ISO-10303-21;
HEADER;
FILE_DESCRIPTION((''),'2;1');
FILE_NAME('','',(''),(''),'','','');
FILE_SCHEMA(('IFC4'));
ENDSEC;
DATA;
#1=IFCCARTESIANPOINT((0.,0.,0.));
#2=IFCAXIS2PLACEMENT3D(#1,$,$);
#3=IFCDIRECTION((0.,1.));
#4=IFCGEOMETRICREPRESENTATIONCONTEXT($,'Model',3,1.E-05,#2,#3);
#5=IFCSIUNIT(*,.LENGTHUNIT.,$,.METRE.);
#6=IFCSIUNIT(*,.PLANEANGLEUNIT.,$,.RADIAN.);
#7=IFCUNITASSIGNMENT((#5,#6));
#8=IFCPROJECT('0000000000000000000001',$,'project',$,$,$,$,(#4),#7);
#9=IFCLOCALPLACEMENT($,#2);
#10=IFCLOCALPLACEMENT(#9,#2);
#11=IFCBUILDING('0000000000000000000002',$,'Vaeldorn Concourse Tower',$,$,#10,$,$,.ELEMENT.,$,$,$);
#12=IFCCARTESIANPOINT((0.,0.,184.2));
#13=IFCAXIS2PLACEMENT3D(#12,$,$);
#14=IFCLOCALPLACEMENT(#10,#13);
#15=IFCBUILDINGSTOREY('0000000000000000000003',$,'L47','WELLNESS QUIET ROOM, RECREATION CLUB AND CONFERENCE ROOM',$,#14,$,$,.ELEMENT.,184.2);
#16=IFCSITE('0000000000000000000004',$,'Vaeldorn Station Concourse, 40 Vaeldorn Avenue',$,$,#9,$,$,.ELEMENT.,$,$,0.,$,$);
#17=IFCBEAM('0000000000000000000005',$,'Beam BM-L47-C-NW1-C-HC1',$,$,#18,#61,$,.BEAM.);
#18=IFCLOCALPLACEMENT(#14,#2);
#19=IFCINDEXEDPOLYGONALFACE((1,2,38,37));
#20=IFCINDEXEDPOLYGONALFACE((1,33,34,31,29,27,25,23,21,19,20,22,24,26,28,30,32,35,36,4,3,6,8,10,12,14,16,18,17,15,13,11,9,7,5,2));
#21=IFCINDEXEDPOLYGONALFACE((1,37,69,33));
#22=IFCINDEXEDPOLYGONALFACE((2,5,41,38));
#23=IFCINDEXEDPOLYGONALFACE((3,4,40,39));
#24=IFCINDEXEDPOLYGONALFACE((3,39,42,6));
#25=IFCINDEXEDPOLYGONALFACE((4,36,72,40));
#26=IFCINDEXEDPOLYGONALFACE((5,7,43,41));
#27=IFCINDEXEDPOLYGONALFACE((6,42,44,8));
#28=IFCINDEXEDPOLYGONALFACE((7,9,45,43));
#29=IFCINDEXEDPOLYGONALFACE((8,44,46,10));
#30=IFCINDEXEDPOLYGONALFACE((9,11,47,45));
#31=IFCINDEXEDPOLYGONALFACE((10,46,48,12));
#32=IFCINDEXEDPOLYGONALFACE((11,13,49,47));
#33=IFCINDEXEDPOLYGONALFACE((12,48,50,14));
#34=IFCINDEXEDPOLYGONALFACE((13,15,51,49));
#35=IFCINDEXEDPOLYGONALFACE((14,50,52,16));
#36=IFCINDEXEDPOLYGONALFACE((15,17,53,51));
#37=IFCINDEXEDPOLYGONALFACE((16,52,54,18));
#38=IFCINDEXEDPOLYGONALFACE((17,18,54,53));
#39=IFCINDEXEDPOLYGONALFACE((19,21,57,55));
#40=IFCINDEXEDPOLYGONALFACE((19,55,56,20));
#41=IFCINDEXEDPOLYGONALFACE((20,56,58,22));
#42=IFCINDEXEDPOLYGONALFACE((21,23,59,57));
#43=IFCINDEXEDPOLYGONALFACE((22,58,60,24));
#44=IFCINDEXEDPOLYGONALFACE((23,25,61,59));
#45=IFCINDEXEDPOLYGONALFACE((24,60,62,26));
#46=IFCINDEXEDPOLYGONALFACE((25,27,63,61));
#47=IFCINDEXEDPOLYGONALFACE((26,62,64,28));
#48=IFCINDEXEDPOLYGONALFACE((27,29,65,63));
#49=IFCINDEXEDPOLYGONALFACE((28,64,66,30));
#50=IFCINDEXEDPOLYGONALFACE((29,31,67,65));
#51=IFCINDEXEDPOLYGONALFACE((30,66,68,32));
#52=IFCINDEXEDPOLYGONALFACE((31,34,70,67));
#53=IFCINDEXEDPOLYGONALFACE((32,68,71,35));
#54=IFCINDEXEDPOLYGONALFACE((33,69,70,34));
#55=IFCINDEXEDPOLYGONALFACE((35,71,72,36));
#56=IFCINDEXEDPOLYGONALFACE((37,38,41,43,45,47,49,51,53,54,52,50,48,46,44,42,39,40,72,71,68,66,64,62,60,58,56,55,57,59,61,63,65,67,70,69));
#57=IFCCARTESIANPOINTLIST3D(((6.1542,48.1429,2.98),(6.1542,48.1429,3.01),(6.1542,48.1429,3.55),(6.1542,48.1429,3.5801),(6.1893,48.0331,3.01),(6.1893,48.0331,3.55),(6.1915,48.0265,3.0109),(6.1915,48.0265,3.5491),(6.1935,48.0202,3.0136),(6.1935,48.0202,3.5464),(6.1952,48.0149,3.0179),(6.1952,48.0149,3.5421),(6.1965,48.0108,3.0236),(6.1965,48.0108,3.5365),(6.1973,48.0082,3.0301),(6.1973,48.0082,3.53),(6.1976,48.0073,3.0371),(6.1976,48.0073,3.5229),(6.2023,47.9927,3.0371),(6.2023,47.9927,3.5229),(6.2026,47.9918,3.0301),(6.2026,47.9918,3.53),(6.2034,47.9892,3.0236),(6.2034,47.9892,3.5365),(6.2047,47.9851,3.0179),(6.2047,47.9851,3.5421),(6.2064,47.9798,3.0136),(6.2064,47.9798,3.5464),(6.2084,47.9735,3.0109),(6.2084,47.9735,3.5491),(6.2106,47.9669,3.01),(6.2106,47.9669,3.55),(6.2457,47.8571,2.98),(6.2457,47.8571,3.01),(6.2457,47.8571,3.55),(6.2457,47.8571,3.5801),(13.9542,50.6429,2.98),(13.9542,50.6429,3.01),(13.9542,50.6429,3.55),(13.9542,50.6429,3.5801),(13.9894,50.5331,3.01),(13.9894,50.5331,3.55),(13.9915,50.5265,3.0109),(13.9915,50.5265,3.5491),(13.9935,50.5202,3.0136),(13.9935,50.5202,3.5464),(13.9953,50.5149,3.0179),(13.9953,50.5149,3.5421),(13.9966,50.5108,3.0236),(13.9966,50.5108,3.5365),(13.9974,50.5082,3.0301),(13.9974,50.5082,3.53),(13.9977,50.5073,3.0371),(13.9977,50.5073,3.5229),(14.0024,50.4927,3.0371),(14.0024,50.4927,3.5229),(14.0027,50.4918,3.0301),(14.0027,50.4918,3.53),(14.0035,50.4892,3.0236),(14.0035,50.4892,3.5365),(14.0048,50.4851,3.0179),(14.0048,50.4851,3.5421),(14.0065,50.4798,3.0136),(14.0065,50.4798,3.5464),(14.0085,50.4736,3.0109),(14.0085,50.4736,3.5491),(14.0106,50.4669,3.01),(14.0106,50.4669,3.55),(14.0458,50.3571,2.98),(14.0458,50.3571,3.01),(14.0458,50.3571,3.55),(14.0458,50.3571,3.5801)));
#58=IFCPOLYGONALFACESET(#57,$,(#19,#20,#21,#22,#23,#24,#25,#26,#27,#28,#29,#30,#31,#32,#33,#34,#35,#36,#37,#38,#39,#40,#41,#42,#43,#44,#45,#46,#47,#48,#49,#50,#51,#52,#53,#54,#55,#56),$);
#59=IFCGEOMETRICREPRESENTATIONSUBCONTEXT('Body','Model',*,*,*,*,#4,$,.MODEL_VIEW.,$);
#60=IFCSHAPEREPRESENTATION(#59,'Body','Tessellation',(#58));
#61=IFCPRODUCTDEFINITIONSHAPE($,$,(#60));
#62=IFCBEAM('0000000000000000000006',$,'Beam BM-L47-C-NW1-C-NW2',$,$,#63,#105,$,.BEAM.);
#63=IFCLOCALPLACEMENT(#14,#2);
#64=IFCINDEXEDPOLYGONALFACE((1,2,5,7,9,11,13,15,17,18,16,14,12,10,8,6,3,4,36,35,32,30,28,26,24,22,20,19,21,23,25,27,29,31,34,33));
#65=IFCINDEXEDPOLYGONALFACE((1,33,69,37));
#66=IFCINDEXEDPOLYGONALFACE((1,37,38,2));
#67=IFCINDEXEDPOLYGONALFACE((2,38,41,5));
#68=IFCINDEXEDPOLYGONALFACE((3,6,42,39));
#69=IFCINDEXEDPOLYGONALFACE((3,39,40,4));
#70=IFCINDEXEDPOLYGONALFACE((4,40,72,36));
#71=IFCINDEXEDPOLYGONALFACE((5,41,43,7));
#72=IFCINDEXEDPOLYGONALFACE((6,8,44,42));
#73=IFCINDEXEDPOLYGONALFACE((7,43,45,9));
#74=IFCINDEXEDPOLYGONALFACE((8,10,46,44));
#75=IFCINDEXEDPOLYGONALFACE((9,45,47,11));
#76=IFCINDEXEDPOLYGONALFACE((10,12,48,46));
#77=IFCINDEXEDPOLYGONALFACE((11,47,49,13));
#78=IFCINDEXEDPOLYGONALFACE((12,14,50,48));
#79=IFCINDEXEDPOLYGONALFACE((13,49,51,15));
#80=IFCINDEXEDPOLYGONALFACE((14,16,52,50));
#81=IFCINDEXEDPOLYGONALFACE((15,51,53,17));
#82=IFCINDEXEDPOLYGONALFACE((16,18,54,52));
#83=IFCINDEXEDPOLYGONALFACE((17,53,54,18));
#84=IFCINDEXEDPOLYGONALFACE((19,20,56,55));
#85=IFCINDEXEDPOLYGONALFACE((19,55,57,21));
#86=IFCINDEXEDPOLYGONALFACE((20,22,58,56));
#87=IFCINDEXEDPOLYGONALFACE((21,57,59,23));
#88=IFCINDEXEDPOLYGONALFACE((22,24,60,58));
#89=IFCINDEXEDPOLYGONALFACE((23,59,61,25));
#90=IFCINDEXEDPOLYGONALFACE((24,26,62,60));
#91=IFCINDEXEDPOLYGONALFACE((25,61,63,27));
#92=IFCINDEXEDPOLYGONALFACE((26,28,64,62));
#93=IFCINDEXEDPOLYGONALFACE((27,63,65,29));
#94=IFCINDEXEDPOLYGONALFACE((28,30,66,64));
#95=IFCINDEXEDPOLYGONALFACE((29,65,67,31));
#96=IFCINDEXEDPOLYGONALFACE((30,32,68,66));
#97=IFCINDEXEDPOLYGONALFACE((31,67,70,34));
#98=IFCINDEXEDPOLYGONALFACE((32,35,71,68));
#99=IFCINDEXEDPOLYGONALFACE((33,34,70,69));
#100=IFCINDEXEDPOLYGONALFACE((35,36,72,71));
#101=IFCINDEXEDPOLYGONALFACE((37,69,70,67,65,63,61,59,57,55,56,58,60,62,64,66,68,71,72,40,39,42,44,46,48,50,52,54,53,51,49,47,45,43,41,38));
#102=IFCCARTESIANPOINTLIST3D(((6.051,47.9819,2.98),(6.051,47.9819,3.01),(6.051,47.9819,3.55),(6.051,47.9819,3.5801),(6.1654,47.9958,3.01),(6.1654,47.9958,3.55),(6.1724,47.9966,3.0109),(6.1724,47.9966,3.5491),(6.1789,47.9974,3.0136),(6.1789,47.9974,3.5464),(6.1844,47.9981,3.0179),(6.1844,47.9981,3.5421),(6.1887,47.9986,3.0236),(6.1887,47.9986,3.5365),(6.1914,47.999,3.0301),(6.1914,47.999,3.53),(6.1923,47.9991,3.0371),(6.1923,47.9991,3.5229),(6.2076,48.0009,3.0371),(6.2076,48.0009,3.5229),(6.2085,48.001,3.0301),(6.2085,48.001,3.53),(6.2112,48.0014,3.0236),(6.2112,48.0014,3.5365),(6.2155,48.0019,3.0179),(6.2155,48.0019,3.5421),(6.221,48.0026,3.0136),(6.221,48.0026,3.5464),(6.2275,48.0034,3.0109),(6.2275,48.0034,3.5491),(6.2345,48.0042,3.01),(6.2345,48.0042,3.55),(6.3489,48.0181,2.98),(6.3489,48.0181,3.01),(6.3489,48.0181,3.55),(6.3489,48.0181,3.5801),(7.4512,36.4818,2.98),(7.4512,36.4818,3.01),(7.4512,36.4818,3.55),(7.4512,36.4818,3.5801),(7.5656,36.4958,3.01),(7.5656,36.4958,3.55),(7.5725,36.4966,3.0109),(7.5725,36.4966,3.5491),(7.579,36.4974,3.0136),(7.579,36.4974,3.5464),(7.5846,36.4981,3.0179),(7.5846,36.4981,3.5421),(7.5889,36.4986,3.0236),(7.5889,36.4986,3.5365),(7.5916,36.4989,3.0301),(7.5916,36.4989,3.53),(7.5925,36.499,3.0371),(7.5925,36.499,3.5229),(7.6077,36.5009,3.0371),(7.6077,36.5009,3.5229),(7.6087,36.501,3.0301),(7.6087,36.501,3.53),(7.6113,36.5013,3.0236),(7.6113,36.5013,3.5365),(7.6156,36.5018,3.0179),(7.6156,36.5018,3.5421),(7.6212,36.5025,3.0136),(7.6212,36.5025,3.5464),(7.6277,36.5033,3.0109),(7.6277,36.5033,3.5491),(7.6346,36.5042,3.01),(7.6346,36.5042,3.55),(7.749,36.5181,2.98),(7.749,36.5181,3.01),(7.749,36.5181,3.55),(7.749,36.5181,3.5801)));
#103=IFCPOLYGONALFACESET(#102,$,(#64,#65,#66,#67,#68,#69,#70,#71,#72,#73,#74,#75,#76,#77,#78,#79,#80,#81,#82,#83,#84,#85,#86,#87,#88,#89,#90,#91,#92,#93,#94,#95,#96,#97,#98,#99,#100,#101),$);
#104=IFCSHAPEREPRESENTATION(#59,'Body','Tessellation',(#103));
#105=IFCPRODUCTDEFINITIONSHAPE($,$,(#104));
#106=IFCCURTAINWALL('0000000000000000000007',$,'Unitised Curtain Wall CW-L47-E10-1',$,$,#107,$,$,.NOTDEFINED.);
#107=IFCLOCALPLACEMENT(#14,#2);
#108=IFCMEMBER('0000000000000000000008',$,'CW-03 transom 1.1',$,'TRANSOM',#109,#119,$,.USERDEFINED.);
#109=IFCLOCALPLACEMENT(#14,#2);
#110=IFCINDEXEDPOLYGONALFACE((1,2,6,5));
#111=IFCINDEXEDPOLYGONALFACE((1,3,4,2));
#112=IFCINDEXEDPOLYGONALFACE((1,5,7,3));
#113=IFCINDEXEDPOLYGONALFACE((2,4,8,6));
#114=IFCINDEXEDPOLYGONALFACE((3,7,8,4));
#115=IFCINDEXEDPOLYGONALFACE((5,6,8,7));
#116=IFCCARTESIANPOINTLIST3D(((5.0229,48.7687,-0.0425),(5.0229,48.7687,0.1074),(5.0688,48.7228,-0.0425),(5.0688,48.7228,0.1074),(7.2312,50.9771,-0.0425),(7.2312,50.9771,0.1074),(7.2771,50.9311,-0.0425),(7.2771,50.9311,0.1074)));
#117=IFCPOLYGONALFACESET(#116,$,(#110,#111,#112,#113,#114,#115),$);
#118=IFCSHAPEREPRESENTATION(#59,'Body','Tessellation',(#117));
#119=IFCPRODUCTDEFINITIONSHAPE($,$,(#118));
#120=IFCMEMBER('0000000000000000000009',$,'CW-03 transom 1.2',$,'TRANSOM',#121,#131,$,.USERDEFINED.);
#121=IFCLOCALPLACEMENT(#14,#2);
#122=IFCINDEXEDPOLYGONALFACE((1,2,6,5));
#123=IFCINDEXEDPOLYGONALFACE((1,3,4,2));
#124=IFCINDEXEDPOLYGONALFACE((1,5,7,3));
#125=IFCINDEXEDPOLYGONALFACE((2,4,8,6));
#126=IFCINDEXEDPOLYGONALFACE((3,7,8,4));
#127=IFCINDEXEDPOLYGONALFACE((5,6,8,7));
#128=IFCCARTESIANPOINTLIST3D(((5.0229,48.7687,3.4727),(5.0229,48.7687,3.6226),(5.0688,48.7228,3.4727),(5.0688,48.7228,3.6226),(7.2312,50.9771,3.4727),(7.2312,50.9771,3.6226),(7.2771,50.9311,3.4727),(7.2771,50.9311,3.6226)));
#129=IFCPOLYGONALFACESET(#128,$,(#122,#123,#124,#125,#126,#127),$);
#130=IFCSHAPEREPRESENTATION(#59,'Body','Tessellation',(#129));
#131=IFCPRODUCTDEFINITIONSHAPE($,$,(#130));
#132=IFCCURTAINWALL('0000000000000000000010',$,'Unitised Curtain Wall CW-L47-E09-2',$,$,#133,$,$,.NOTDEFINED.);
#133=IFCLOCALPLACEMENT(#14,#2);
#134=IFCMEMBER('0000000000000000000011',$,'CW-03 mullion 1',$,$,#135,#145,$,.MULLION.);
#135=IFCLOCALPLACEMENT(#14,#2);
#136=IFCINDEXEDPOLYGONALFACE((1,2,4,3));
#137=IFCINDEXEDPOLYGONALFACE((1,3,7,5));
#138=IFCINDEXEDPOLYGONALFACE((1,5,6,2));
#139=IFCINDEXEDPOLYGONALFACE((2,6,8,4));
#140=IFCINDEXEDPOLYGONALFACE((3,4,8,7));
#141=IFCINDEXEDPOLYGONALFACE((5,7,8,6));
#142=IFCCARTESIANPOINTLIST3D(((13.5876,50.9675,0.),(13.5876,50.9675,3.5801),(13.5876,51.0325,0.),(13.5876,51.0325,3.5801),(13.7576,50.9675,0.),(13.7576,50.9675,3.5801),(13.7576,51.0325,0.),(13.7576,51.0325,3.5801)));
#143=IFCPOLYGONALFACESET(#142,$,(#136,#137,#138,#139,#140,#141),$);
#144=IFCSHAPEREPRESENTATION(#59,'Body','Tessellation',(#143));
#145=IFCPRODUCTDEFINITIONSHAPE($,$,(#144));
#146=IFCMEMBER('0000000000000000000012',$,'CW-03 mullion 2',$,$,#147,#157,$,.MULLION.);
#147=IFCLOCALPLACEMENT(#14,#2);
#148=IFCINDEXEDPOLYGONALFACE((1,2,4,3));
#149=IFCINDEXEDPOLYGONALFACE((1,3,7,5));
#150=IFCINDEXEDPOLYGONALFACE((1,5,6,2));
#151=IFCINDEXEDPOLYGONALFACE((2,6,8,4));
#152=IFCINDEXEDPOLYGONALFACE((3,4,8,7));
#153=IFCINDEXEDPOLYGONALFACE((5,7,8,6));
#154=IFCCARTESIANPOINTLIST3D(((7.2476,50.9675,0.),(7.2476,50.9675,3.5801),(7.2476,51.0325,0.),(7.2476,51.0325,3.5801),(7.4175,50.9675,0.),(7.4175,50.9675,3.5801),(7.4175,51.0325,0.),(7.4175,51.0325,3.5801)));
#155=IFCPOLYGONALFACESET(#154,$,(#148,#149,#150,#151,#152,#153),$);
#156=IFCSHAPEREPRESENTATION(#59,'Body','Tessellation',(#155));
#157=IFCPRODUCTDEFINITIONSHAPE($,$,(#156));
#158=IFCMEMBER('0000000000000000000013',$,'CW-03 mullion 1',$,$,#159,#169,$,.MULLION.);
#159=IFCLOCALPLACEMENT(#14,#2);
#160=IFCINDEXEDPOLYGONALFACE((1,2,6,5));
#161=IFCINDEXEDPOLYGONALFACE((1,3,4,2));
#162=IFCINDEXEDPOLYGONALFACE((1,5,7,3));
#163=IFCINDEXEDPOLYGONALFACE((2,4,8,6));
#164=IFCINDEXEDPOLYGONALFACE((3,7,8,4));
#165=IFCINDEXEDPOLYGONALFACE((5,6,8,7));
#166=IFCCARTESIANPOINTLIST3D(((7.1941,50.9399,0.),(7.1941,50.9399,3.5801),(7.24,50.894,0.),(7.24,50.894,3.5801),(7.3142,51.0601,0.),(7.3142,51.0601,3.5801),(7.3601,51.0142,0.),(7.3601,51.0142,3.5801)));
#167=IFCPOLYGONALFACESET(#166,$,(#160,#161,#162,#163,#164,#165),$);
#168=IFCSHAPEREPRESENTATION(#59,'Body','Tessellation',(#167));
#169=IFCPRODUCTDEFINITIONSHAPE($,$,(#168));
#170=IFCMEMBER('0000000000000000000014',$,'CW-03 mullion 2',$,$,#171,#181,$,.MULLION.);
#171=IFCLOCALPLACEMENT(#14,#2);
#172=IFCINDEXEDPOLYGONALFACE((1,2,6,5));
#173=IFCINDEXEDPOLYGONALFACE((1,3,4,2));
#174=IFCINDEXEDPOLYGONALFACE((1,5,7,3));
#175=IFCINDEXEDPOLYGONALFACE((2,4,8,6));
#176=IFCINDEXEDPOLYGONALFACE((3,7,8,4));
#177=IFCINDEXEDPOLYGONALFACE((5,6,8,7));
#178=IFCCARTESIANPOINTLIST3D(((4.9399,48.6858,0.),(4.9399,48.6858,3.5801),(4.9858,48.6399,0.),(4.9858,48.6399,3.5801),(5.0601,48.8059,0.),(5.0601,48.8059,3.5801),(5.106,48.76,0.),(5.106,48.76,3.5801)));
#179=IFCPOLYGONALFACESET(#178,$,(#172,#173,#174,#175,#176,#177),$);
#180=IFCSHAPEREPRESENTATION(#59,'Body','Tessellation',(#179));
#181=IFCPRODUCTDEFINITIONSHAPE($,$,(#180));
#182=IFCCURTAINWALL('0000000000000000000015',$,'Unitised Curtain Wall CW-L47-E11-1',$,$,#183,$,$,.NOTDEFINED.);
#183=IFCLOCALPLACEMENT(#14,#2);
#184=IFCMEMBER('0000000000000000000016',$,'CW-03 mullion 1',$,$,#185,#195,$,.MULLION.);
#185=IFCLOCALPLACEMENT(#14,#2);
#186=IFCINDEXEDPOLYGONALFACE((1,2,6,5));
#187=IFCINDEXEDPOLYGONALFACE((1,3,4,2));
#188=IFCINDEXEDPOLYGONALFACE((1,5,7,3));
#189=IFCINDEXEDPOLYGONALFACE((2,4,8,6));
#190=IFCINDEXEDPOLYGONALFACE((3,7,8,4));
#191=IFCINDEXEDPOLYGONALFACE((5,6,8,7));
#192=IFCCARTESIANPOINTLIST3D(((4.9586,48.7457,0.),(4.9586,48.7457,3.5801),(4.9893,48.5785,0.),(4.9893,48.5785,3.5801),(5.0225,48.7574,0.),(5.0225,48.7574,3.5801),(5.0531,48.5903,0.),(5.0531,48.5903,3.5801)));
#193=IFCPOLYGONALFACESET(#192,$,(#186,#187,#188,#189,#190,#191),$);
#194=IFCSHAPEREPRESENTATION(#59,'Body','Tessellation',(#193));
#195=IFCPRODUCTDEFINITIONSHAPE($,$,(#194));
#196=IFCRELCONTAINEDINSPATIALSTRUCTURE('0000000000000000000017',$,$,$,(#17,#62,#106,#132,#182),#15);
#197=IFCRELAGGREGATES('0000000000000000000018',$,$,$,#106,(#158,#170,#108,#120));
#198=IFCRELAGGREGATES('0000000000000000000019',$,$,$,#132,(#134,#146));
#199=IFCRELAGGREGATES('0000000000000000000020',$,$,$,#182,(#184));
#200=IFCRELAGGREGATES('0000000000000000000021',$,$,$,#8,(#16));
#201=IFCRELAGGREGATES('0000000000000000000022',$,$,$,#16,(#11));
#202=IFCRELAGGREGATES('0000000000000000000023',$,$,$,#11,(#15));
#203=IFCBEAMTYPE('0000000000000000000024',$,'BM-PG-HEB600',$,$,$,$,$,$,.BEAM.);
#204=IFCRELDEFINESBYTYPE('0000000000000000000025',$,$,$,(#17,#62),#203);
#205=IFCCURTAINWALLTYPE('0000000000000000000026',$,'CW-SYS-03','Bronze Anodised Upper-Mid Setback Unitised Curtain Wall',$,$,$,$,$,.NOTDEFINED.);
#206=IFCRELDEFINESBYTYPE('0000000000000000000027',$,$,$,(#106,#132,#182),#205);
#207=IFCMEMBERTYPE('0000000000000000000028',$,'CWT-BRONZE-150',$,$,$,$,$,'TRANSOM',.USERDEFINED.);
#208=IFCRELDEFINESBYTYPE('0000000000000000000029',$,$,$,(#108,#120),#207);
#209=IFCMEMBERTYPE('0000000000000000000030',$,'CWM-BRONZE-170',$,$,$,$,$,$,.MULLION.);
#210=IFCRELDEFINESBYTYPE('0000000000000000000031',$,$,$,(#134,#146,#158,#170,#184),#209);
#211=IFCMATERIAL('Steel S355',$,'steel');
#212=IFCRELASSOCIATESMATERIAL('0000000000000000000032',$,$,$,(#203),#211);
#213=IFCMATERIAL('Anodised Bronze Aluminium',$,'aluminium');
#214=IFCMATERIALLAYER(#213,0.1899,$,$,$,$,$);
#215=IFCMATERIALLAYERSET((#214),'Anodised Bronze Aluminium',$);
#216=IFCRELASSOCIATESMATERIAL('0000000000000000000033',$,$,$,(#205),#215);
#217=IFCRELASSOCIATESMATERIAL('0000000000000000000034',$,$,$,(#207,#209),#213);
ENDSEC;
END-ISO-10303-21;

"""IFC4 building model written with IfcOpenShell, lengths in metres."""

from ifc_helpers import new_model, si_unit, direction, frame, origin, origin_2d, place, context, subcontext, project, spatial, rectangle, i_section, extrude, source, transform, mapped, material, layer, layer_set, material_profile, profile_set, type_object, element, aggregate, save


model = new_model("IFC4")

# Units and contexts
model_context = context("Model", 3, precision=1e-05, world=origin(), true_north=direction((0.0, 1.0)))
body_context = subcontext(model_context, "Body", "Model", "MODEL_VIEW")
ifc_project = project(units=[si_unit("LENGTHUNIT", "METRE"), si_unit("PLANEANGLEUNIT", "RADIAN")], contexts=[model_context])

# Site, building, storey
site_placement = place(None, origin())
site = spatial("IfcSite", under=ifc_project, at=site_placement, Name="Vaeldorn Station Concourse, 40 Vaeldorn Avenue", CompositionType="ELEMENT", RefElevation=0.0)
building_placement = place(site_placement, origin())
building = spatial("IfcBuilding", under=site, at=building_placement, Name="Vaeldorn Concourse Tower", CompositionType="ELEMENT")
storey_placement = place(building_placement, frame((0.0, 0.0, 184.2)))
storey = spatial("IfcBuildingStorey", under=building, at=storey_placement, Name="L47", Description="WELLNESS QUIET ROOM, RECREATION CLUB AND CONFERENCE ROOM", CompositionType="ELEMENT", Elevation=184.2)

# Beams
ifc_material_1 = material(Name="Steel S355", Category="steel")
ifc_material_profile_1 = material_profile(ifc_material_1, i_section(OverallWidth=0.3, OverallDepth=0.6001, WebThickness=0.0154, FlangeThickness=0.03, FilletRadius=0.0271, at=origin_2d()), Name="HEB 600")
ifc_profile_set_1 = profile_set([ifc_material_profile_1], Name="Steel S355")
beam_type_1 = type_object("IfcBeamType", Name="BM-PG-HEB600", PredefinedType="BEAM", material=ifc_profile_set_1)
shared_shape_1 = source(origin(), body_context, "Body", "SweptSolid", [
    extrude(i_section(OverallWidth=0.3, OverallDepth=0.6001, WebThickness=0.0154, FlangeThickness=0.03, FilletRadius=0.0271, at=origin_2d()), origin(), (0.0, 0.0, 1.0), 8.1909),
])
beam_1_placement = place(storey_placement, frame((6.2, 48.0, 3.28), z_axis=(0.952283, 0.305217, 0.0), x_axis=(-0.305217, 0.952283, 0.0)))
element("IfcBeam", 1, at=beam_1_placement, inside=storey, type_object=beam_type_1, Name="Beam BM-L47-C-NW1-C-HC1", PredefinedType="BEAM", context=body_context, shape_type="MappedRepresentation", body=[
    mapped(shared_shape_1, transform((0.0, 0.0, 0.0), scale=1.0)),
])
shared_shape_2 = source(origin(), body_context, "Body", "SweptSolid", [
    extrude(i_section(OverallWidth=0.3, OverallDepth=0.6001, WebThickness=0.0154, FlangeThickness=0.03, FilletRadius=0.0271, at=origin_2d()), origin(), (0.0, 0.0, 1.0), 11.585),
])
beam_2_placement = place(storey_placement, frame((6.2, 48.0, 3.28), z_axis=(0.120859, -0.99267, 0.0), x_axis=(0.99267, 0.120859, 0.0)))
element("IfcBeam", 2, at=beam_2_placement, inside=storey, type_object=beam_type_1, Name="Beam BM-L47-C-NW1-C-NW2", PredefinedType="BEAM", context=body_context, shape_type="MappedRepresentation", body=[
    mapped(shared_shape_2, transform((0.0, 0.0, 0.0), scale=1.0)),
])

# Curtain walls, members
ifc_material_2 = material(Name="Anodised Bronze Aluminium", Category="aluminium")
ifc_layer_1 = layer(ifc_material_2, 0.1899)
ifc_layer_set_1 = layer_set([ifc_layer_1], Name="Anodised Bronze Aluminium")
curtain_wall_type = type_object("IfcCurtainWallType", Name="CW-SYS-03", Description="Bronze Anodised Upper-Mid Setback Unitised Curtain Wall", PredefinedType="NOTDEFINED", material=ifc_layer_set_1)
curtain_wall_1_placement = place(storey_placement, origin())
curtain_wall_1 = element("IfcCurtainWall", 3, at=curtain_wall_1_placement, inside=storey, type_object=curtain_wall_type, Name="Unitised Curtain Wall CW-L47-E10-1", PredefinedType="NOTDEFINED")
ifc_material_profile_2 = material_profile(ifc_material_2, rectangle(XDim=0.0649, YDim=0.1499, at=origin_2d()), Name="CWT 65x150")
ifc_profile_set_2 = profile_set([ifc_material_profile_2], Name="Anodised Bronze Aluminium")
member_type_1 = type_object("IfcMemberType", Name="CWT-BRONZE-150", ElementType="TRANSOM", PredefinedType="USERDEFINED", material=ifc_profile_set_2)
shared_shape_3 = source(origin(), body_context, "Body", "SweptSolid", [
    extrude(rectangle(XDim=0.0649, YDim=0.1499, at=origin_2d()), origin(), (0.0, 0.0, 1.0), 3.123),
])
member_1_placement = place(storey_placement, frame((7.2542, 50.9541, 0.0325), z_axis=(-0.707107, -0.707107, 0.0), x_axis=(0.707107, -0.707107, 0.0)))
member_1 = element("IfcMember", 4, at=member_1_placement, type_object=member_type_1, Name="CW-03 transom 1.1", ObjectType="TRANSOM", PredefinedType="USERDEFINED", context=body_context, shape_type="MappedRepresentation", body=[
    mapped(shared_shape_3, transform((0.0, 0.0, 0.0), scale=1.0)),
])
member_2_placement = place(storey_placement, frame((7.2542, 50.9541, 3.5476), z_axis=(-0.707107, -0.707107, 0.0), x_axis=(0.707107, -0.707107, 0.0)))
member_2 = element("IfcMember", 5, at=member_2_placement, type_object=member_type_1, Name="CW-03 transom 1.2", ObjectType="TRANSOM", PredefinedType="USERDEFINED", context=body_context, shape_type="MappedRepresentation", body=[
    mapped(shared_shape_3, transform((0.0, 0.0, 0.0), scale=1.0)),
])
curtain_wall_2_placement = place(storey_placement, origin())
curtain_wall_2 = element("IfcCurtainWall", 6, at=curtain_wall_2_placement, inside=storey, type_object=curtain_wall_type, Name="Unitised Curtain Wall CW-L47-E09-2", PredefinedType="NOTDEFINED")
ifc_material_profile_3 = material_profile(ifc_material_2, rectangle(XDim=0.0649, YDim=0.1699, at=origin_2d()), Name="CWM 65x170")
ifc_profile_set_3 = profile_set([ifc_material_profile_3], Name="Anodised Bronze Aluminium")
member_type_2 = type_object("IfcMemberType", Name="CWM-BRONZE-170", PredefinedType="MULLION", material=ifc_profile_set_3)
shared_shape_4 = source(origin(), body_context, "Body", "SweptSolid", [
    extrude(rectangle(XDim=0.0649, YDim=0.1699, at=origin_2d()), origin(), (0.0, 0.0, 1.0), 3.5801),
])
member_3_placement = place(storey_placement, frame((13.6726, 51.0, 0.0), z_axis=(0.0, 0.0, 1.0), x_axis=(0.0, -1.0, 0.0)))
member_3 = element("IfcMember", 7, at=member_3_placement, type_object=member_type_2, Name="CW-03 mullion 1", PredefinedType="MULLION", context=body_context, shape_type="MappedRepresentation", body=[
    mapped(shared_shape_4, transform((0.0, 0.0, 0.0), scale=1.0)),
])
member_4_placement = place(storey_placement, frame((7.3325, 51.0, 0.0), z_axis=(0.0, 0.0, 1.0), x_axis=(0.0, -1.0, 0.0)))
member_4 = element("IfcMember", 8, at=member_4_placement, type_object=member_type_2, Name="CW-03 mullion 2", PredefinedType="MULLION", context=body_context, shape_type="MappedRepresentation", body=[
    mapped(shared_shape_4, transform((0.0, 0.0, 0.0), scale=1.0)),
])

# Members
member_5_placement = place(storey_placement, frame((7.2771, 50.9771, 0.0), z_axis=(0.0, 0.0, 1.0), x_axis=(0.707107, -0.707107, 0.0)))
member_5 = element("IfcMember", 9, at=member_5_placement, type_object=member_type_2, Name="CW-03 mullion 1", PredefinedType="MULLION", context=body_context, shape_type="MappedRepresentation", body=[
    mapped(shared_shape_4, transform((0.0, 0.0, 0.0), scale=1.0)),
])
member_6_placement = place(storey_placement, frame((5.0229, 48.7229, 0.0), z_axis=(0.0, 0.0, 1.0), x_axis=(0.707107, -0.707107, 0.0)))
member_6 = element("IfcMember", 10, at=member_6_placement, type_object=member_type_2, Name="CW-03 mullion 2", PredefinedType="MULLION", context=body_context, shape_type="MappedRepresentation", body=[
    mapped(shared_shape_4, transform((0.0, 0.0, 0.0), scale=1.0)),
])

# Curtain wall, member
curtain_wall_3_placement = place(storey_placement, origin())
curtain_wall_3 = element("IfcCurtainWall", 11, at=curtain_wall_3_placement, inside=storey, type_object=curtain_wall_type, Name="Unitised Curtain Wall CW-L47-E11-1", PredefinedType="NOTDEFINED")
member_7_placement = place(storey_placement, frame((5.0059, 48.668, 0.0), z_axis=(0.0, 0.0, 1.0), x_axis=(0.983559, 0.180585, 0.0)))
member_7 = element("IfcMember", 12, at=member_7_placement, type_object=member_type_2, Name="CW-03 mullion 1", PredefinedType="MULLION", context=body_context, shape_type="MappedRepresentation", body=[
    mapped(shared_shape_4, transform((0.0, 0.0, 0.0), scale=1.0)),
])

aggregate(curtain_wall_1, [member_5, member_6, member_1, member_2])
aggregate(curtain_wall_2, [member_3, member_4])
aggregate(curtain_wall_3, [member_7])

save(model, "model.ifc")
